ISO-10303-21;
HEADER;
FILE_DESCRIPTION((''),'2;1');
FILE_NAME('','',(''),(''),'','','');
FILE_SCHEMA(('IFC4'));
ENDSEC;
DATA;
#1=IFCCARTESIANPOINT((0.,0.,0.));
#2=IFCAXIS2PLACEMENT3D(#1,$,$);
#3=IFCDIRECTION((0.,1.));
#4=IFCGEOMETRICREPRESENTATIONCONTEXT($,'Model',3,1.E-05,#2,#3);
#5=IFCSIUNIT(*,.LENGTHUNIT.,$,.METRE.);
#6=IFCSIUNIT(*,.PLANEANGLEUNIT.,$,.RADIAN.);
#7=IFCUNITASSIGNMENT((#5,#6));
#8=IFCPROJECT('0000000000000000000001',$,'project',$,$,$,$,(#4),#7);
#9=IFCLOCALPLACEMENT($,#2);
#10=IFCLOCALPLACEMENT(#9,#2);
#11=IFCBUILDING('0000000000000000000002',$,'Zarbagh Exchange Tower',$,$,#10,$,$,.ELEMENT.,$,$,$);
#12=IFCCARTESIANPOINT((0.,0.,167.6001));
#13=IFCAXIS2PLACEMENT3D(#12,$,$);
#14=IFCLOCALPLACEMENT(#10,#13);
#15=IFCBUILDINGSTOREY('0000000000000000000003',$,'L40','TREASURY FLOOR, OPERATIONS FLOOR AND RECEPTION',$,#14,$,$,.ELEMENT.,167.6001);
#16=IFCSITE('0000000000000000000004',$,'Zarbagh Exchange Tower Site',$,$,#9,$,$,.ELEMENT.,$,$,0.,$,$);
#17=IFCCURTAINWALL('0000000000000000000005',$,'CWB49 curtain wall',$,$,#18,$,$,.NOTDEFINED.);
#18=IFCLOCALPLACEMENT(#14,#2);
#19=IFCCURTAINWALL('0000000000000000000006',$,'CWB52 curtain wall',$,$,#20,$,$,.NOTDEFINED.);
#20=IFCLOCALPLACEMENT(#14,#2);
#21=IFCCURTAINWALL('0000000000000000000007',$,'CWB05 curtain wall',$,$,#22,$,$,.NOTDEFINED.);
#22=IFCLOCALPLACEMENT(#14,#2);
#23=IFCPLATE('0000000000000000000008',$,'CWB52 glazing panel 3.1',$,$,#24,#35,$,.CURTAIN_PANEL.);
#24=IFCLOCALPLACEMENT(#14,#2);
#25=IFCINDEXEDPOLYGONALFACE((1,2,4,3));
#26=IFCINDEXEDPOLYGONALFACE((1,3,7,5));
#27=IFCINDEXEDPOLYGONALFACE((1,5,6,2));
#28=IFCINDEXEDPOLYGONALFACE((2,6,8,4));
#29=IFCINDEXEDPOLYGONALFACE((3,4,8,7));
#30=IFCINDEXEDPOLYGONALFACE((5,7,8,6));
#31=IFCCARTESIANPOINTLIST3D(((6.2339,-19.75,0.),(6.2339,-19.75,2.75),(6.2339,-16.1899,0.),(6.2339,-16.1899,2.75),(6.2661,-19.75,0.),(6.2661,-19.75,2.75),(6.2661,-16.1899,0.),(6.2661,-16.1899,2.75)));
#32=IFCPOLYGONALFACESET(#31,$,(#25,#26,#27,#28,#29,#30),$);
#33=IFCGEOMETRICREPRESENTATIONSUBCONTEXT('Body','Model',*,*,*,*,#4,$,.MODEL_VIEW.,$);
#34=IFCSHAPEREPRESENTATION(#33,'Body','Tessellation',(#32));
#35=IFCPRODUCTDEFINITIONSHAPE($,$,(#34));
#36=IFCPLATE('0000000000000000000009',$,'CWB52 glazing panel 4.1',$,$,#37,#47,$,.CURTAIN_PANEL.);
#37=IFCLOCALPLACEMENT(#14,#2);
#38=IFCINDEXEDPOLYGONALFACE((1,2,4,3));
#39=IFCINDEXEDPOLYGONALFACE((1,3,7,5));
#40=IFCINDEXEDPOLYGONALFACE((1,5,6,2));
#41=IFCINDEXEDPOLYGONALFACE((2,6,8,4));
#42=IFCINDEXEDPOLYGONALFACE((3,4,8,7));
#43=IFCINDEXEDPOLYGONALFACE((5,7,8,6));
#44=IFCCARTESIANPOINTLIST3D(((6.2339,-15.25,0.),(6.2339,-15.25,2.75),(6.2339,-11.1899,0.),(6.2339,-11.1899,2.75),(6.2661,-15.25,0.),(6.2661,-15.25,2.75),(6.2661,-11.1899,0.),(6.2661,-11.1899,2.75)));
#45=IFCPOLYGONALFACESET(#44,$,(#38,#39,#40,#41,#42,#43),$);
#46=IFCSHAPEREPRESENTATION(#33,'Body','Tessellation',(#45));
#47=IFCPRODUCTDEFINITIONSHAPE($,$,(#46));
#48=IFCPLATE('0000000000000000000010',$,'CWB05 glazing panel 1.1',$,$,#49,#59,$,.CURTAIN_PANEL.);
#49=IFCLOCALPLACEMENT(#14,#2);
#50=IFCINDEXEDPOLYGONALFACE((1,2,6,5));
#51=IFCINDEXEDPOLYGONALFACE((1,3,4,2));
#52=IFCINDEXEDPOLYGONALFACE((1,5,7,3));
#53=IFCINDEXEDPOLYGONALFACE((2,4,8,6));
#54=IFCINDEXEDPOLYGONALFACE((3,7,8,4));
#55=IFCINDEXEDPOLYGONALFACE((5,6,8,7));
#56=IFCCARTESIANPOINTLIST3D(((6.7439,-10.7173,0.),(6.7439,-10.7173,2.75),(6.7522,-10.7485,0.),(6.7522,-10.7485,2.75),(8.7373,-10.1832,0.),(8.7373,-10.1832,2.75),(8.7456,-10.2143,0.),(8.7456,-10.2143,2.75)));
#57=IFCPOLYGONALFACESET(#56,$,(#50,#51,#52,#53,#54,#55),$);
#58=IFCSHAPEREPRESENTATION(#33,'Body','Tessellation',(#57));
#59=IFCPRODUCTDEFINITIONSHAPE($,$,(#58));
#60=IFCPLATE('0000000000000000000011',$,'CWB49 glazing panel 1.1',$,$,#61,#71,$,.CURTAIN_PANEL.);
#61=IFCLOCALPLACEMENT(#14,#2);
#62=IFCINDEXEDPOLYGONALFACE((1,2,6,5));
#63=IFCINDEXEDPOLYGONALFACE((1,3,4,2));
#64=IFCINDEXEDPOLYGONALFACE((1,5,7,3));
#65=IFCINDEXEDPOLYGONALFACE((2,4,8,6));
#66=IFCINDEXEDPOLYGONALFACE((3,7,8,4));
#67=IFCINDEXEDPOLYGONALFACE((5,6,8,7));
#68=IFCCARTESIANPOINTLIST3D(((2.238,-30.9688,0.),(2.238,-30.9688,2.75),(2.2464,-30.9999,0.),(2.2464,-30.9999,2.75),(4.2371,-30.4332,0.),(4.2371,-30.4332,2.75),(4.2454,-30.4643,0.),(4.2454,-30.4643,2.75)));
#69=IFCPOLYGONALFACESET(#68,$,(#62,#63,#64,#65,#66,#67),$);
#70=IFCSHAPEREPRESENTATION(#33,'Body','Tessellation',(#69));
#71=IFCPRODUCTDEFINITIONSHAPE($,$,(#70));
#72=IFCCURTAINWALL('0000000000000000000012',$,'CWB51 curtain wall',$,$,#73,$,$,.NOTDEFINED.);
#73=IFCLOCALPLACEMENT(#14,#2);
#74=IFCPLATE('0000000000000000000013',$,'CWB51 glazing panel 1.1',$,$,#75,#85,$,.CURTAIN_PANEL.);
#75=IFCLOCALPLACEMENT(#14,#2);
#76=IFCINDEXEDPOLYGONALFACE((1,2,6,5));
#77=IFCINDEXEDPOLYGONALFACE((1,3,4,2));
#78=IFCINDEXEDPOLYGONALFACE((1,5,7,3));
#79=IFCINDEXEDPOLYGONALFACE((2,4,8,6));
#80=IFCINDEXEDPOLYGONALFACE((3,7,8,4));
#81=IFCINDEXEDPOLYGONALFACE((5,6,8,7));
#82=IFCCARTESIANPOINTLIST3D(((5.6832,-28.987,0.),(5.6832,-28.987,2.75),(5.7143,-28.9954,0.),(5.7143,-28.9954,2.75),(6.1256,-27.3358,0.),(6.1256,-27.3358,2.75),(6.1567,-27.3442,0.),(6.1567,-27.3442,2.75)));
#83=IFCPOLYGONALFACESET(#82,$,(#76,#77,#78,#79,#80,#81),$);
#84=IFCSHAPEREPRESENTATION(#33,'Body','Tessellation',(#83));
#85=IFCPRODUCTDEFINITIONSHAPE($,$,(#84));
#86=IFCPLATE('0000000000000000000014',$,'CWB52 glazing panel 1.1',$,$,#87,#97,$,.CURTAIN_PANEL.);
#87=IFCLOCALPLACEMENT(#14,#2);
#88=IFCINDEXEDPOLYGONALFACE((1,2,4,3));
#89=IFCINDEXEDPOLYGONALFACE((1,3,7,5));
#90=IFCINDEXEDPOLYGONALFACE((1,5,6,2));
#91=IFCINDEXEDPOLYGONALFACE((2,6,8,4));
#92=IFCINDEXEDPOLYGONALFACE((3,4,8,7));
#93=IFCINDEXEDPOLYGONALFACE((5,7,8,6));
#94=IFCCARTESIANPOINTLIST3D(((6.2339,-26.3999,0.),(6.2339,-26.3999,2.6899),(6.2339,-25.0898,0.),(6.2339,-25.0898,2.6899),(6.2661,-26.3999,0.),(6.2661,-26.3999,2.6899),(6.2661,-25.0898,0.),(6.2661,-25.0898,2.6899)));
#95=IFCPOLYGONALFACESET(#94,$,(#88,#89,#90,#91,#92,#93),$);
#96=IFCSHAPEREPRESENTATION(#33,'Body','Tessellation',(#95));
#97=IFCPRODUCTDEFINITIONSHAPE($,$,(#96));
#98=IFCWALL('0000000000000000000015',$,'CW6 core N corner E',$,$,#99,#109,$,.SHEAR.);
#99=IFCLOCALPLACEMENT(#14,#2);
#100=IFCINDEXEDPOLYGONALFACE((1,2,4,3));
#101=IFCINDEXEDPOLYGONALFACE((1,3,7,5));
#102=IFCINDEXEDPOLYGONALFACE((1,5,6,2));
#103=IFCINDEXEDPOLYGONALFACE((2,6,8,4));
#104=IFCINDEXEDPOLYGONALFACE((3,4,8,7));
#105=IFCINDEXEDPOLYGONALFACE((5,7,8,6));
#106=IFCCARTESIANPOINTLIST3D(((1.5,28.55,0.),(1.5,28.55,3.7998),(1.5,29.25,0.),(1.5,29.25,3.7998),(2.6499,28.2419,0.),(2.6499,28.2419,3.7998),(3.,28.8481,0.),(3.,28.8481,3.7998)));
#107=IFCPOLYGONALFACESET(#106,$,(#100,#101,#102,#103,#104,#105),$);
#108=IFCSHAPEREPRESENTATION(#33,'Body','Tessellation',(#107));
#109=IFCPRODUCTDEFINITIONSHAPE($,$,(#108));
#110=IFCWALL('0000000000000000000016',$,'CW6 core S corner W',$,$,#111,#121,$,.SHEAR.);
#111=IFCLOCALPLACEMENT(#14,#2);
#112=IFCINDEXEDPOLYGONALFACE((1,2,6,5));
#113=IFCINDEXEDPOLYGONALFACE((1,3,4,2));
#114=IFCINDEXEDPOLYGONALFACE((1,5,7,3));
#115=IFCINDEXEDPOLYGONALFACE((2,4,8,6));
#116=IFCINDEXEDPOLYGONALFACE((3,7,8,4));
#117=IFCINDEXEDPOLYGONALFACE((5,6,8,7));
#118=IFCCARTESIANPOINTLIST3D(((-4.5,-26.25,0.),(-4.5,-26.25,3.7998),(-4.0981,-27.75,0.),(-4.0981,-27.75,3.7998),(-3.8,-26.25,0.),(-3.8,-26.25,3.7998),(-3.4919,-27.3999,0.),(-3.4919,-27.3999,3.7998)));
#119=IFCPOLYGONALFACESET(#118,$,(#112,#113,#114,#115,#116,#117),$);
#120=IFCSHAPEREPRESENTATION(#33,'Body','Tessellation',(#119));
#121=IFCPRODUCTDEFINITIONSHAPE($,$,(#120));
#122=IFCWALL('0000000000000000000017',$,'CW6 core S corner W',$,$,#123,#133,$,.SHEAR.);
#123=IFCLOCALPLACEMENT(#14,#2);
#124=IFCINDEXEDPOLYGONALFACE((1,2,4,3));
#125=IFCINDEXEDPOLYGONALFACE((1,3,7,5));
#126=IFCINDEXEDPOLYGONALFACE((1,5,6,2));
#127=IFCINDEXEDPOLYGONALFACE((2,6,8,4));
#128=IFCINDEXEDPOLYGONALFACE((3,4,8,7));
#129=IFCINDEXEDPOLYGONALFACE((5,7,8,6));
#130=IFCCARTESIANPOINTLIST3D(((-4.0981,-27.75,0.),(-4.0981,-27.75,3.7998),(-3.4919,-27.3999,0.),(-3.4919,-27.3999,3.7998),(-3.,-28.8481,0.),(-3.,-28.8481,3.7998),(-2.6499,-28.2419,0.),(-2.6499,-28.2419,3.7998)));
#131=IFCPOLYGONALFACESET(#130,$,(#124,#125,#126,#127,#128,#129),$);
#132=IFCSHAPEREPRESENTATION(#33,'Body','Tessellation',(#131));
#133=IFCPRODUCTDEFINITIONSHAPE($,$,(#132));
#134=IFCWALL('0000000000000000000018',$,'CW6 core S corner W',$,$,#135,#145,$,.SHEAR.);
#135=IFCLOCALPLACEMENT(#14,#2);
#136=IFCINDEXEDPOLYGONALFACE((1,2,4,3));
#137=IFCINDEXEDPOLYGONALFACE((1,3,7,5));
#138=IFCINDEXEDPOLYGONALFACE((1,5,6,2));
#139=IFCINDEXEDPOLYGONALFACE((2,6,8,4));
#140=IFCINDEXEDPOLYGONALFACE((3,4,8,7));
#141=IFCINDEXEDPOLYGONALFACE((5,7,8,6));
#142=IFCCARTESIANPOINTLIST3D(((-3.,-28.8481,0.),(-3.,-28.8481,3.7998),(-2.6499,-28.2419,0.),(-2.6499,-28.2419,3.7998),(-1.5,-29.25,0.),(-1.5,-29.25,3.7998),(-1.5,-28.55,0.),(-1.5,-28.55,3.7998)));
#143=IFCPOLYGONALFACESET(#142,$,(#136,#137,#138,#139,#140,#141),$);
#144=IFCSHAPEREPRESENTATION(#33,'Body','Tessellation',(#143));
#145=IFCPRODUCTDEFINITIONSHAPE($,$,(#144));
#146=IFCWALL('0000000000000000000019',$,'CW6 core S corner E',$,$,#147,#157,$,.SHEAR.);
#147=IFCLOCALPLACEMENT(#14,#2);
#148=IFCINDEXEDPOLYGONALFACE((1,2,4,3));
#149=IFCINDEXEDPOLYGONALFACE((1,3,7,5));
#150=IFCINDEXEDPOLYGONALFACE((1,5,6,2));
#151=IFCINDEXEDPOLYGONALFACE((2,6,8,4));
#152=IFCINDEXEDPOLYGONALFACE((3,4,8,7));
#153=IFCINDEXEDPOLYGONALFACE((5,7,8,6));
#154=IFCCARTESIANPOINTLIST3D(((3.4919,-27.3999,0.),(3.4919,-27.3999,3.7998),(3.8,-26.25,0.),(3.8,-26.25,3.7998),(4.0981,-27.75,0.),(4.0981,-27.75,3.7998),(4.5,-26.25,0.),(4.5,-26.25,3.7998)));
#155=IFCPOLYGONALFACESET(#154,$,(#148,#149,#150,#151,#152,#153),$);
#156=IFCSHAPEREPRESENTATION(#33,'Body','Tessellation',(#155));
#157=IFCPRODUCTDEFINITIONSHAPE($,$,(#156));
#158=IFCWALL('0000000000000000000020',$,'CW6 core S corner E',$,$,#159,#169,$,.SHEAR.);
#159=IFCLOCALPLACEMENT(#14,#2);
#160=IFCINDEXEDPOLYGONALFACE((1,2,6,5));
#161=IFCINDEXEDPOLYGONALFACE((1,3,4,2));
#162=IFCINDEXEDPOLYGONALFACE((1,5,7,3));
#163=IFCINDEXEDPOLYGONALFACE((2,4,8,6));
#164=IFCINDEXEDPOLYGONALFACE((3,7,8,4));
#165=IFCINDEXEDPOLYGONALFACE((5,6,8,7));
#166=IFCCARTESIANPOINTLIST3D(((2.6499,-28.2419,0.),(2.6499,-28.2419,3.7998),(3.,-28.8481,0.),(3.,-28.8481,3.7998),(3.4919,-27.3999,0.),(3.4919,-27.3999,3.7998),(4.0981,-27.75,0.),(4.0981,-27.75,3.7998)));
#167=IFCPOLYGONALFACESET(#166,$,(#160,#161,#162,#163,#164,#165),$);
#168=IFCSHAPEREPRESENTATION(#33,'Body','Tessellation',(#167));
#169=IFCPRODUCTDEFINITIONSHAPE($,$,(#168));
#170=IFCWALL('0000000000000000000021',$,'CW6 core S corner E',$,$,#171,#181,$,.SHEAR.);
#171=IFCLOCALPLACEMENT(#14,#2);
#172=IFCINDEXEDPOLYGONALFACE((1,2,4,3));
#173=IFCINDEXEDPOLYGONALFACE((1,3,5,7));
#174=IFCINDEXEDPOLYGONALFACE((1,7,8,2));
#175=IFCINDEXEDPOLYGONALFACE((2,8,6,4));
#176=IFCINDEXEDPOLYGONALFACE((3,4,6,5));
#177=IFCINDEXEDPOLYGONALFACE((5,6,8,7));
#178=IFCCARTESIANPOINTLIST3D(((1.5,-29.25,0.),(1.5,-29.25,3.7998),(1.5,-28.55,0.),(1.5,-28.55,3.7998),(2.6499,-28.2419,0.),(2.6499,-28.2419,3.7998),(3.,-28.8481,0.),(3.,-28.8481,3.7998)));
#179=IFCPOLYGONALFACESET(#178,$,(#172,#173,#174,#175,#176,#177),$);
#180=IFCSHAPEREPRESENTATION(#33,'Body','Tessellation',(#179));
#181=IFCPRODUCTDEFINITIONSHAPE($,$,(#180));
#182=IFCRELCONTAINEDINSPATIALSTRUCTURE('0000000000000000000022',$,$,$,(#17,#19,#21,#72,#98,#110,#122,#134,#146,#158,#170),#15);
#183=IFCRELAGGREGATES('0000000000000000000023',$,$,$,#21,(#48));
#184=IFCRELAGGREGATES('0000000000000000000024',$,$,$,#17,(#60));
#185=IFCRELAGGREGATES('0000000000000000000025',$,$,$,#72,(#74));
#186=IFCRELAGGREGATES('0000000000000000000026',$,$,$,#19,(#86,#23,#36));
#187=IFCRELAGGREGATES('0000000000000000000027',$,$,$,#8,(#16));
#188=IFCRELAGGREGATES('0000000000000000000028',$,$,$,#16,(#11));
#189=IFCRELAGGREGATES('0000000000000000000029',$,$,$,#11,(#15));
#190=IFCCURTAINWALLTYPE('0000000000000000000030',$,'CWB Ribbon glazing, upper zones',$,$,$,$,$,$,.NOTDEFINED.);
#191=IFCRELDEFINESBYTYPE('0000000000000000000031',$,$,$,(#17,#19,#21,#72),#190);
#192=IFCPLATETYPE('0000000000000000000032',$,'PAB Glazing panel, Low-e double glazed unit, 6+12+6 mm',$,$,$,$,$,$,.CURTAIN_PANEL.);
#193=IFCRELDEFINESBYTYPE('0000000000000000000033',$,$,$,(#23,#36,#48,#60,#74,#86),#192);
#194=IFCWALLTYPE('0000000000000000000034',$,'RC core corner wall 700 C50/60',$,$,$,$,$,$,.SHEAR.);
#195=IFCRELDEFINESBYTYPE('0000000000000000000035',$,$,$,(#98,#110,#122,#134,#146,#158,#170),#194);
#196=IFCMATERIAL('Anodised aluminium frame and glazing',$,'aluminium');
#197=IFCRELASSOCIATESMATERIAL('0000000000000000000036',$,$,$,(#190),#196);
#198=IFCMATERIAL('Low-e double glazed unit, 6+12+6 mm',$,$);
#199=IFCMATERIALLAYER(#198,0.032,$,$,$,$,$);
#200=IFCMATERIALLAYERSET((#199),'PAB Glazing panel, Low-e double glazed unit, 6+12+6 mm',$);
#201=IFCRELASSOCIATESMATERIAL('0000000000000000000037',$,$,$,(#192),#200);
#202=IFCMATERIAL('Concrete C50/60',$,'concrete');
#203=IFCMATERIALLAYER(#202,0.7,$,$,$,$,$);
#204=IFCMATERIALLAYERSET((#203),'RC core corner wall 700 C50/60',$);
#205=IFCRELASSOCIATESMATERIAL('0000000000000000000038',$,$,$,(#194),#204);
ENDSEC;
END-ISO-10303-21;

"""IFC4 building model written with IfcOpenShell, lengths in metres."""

from ifc_helpers import new_model, si_unit, direction, frame, origin, place, context, subcontext, project, spatial, polyline, outline, extrude, source, transform, mapped, material, layer, layer_set, type_object, element, aggregate, save


model = new_model("IFC4")

# Units and contexts
model_context = context("Model", 3, precision=1e-05, world=origin(), true_north=direction((0.0, 1.0)))
body_context = subcontext(model_context, "Body", "Model", "MODEL_VIEW")
ifc_project = project(units=[si_unit("LENGTHUNIT", "METRE"), si_unit("PLANEANGLEUNIT", "RADIAN")], contexts=[model_context])

# Site, building, storey
site_placement = place(None, origin())
site = spatial("IfcSite", under=ifc_project, at=site_placement, Name="Zarbagh Exchange Tower Site", CompositionType="ELEMENT", RefElevation=0.0)
building_placement = place(site_placement, origin())
building = spatial("IfcBuilding", under=site, at=building_placement, Name="Zarbagh Exchange Tower", CompositionType="ELEMENT")
storey_placement = place(building_placement, frame((0.0, 0.0, 167.6001)))
storey = spatial("IfcBuildingStorey", under=building, at=storey_placement, Name="L40", Description="TREASURY FLOOR, OPERATIONS FLOOR AND RECEPTION", CompositionType="ELEMENT", Elevation=167.6001)

# Curtain wall
ifc_material_1 = material(Name="Anodised aluminium frame and glazing", Category="aluminium")
curtain_wall_type = type_object("IfcCurtainWallType", Name="CWB Ribbon glazing, upper zones", PredefinedType="NOTDEFINED", material=ifc_material_1)
curtain_wall_1_placement = place(storey_placement, origin())
curtain_wall_1 = element("IfcCurtainWall", 1, at=curtain_wall_1_placement, inside=storey, type_object=curtain_wall_type, Name="CWB49 curtain wall", PredefinedType="NOTDEFINED")
placement = place(storey_placement, origin())

# Curtain wall
curtain_wall_2_placement = place(storey_placement, origin())
curtain_wall_2 = element("IfcCurtainWall", 2, at=curtain_wall_2_placement, inside=storey, type_object=curtain_wall_type, Name="CWB52 curtain wall", PredefinedType="NOTDEFINED")

# Curtain wall
curtain_wall_3_placement = place(storey_placement, origin())
curtain_wall_3 = element("IfcCurtainWall", 3, at=curtain_wall_3_placement, inside=storey, type_object=curtain_wall_type, Name="CWB05 curtain wall", PredefinedType="NOTDEFINED")

# Shared definitions
ifc_material_2 = material(Name="Low-e double glazed unit, 6+12+6 mm")
ifc_layer_1 = layer(ifc_material_2, 0.032)
ifc_layer_set_1 = layer_set([ifc_layer_1], Name="PAB Glazing panel, Low-e double glazed unit, 6+12+6 mm")
plate_type = type_object("IfcPlateType", Name="PAB Glazing panel, Low-e double glazed unit, 6+12+6 mm", PredefinedType="CURTAIN_PANEL", material=ifc_layer_set_1)

# Plates
shared_shape_1 = source(origin(), body_context, "Body", "SweptSolid", [
    extrude(outline(polyline([(0.0, -0.0161), (3.5601, -0.0161), (3.5601, 0.0161), (0.0, 0.0161), (0.0, -0.0161)])), origin(), (0.0, 0.0, 1.0), 2.75),
])
plate_1 = element("IfcPlate", 4, at=placement, type_object=plate_type, Name="CWB52 glazing panel 3.1", PredefinedType="CURTAIN_PANEL", context=body_context, shape_type="MappedRepresentation", body=[
    mapped(shared_shape_1, transform((6.25, -19.75, 0.0), x_axis=(0.0, 1.0, 0.0), y_axis=(-1.0, 0.0, 0.0), z_axis=(0.0, 0.0, 1.0))),
])
shared_shape_2 = source(origin(), body_context, "Body", "SweptSolid", [
    extrude(outline(polyline([(0.0, -0.0161), (4.0601, -0.0161), (4.0601, 0.0161), (0.0, 0.0161), (0.0, -0.0161)])), origin(), (0.0, 0.0, 1.0), 2.75),
])
plate_2 = element("IfcPlate", 5, at=placement, type_object=plate_type, Name="CWB52 glazing panel 4.1", PredefinedType="CURTAIN_PANEL", context=body_context, shape_type="MappedRepresentation", body=[
    mapped(shared_shape_2, transform((6.25, -15.25, 0.0), x_axis=(0.0, 1.0, 0.0), y_axis=(-1.0, 0.0, 0.0), z_axis=(0.0, 0.0, 1.0))),
])
shared_shape_3 = source(origin(), body_context, "Body", "SweptSolid", [
    extrude(outline(polyline([(0.0, -0.0161), (2.0637, -0.0161), (2.0637, 0.0161), (0.0, 0.0161), (0.0, -0.0161)])), origin(), (0.0, 0.0, 1.0), 2.75),
])
plate_3 = element("IfcPlate", 6, at=placement, type_object=plate_type, Name="CWB05 glazing panel 1.1", PredefinedType="CURTAIN_PANEL", context=body_context, shape_type="MappedRepresentation", body=[
    mapped(shared_shape_3, transform((6.748, -10.7329, 0.0), x_axis=(0.965924, 0.258825, 0.0), y_axis=(-0.258825, 0.965924, 0.0), z_axis=(0.0, 0.0, 1.0))),
])
aggregate(curtain_wall_3, [plate_3])
shared_shape_4 = source(origin(), body_context, "Body", "SweptSolid", [
    extrude(outline(polyline([(0.0, -0.0161), (2.0696, -0.0161), (2.0696, 0.0161), (0.0, 0.0161), (0.0, -0.0161)])), origin(), (0.0, 0.0, 1.0), 2.75),
])
plate_4 = element("IfcPlate", 7, at=placement, type_object=plate_type, Name="CWB49 glazing panel 1.1", PredefinedType="CURTAIN_PANEL", context=body_context, shape_type="MappedRepresentation", body=[
    mapped(shared_shape_4, transform((2.2422, -30.9844, 0.0), x_axis=(0.965924, 0.258825, 0.0), y_axis=(-0.258825, 0.965924, 0.0), z_axis=(0.0, 0.0, 1.0))),
])
aggregate(curtain_wall_1, [plate_4])

# Curtain wall, plate
curtain_wall_4_placement = place(storey_placement, origin())
curtain_wall_4 = element("IfcCurtainWall", 8, at=curtain_wall_4_placement, inside=storey, type_object=curtain_wall_type, Name="CWB51 curtain wall", PredefinedType="NOTDEFINED")
shared_shape_5 = source(origin(), body_context, "Body", "SweptSolid", [
    extrude(outline(polyline([(0.0, -0.0161), (1.7095, -0.0161), (1.7095, 0.0161), (0.0, 0.0161), (0.0, -0.0161)])), origin(), (0.0, 0.0, 1.0), 2.75),
])
plate_5 = element("IfcPlate", 9, at=placement, type_object=plate_type, Name="CWB51 glazing panel 1.1", PredefinedType="CURTAIN_PANEL", context=body_context, shape_type="MappedRepresentation", body=[
    mapped(shared_shape_5, transform((5.6987, -28.9912, 0.0), x_axis=(0.258825, 0.965924, 0.0), y_axis=(-0.965924, 0.258825, 0.0), z_axis=(0.0, 0.0, 1.0))),
])
aggregate(curtain_wall_4, [plate_5])

# Plate
shared_shape_6 = source(origin(), body_context, "Body", "SweptSolid", [
    extrude(outline(polyline([(0.0, -0.0161), (1.3101, -0.0161), (1.3101, 0.0161), (0.0, 0.0161), (0.0, -0.0161)])), origin(), (0.0, 0.0, 1.0), 2.6899),
])
plate_6 = element("IfcPlate", 10, at=placement, type_object=plate_type, Name="CWB52 glazing panel 1.1", PredefinedType="CURTAIN_PANEL", context=body_context, shape_type="MappedRepresentation", body=[
    mapped(shared_shape_6, transform((6.25, -26.3999, 0.0), x_axis=(0.0, 1.0, 0.0), y_axis=(-1.0, 0.0, 0.0), z_axis=(0.0, 0.0, 1.0))),
])
aggregate(curtain_wall_2, [plate_6, plate_1, plate_2])

# Walls
ifc_material_3 = material(Name="Concrete C50/60", Category="concrete")
ifc_layer_2 = layer(ifc_material_3, 0.7)
ifc_layer_set_2 = layer_set([ifc_layer_2], Name="RC core corner wall 700 C50/60")
wall_type = type_object("IfcWallType", Name="RC core corner wall 700 C50/60", PredefinedType="SHEAR", material=ifc_layer_set_2)
wall_1_placement = place(storey_placement, origin())
element("IfcWall", 11, at=wall_1_placement, inside=storey, type_object=wall_type, Name="CW6 core N corner E", PredefinedType="SHEAR", context=body_context, shape_type="SweptSolid", body=[
    extrude(outline(polyline([(3.0, 28.8481), (1.5, 29.25), (1.5, 28.55), (2.6499, 28.2419), (3.0, 28.8481)])), origin(), (0.0, 0.0, 1.0), 3.7998),
])
wall_2_placement = place(storey_placement, origin())
element("IfcWall", 12, at=wall_2_placement, inside=storey, type_object=wall_type, Name="CW6 core S corner W", PredefinedType="SHEAR", context=body_context, shape_type="SweptSolid", body=[
    extrude(outline(polyline([(-4.5, -26.25), (-4.0981, -27.75), (-3.4919, -27.3999), (-3.8, -26.25), (-4.5, -26.25)])), origin(), (0.0, 0.0, 1.0), 3.7998),
])
wall_3_placement = place(storey_placement, origin())
element("IfcWall", 13, at=wall_3_placement, inside=storey, type_object=wall_type, Name="CW6 core S corner W", PredefinedType="SHEAR", context=body_context, shape_type="SweptSolid", body=[
    extrude(outline(polyline([(-4.0981, -27.75), (-3.0, -28.8481), (-2.6499, -28.2419), (-3.4919, -27.3999), (-4.0981, -27.75)])), origin(), (0.0, 0.0, 1.0), 3.7998),
])
wall_4_placement = place(storey_placement, origin())
element("IfcWall", 14, at=wall_4_placement, inside=storey, type_object=wall_type, Name="CW6 core S corner W", PredefinedType="SHEAR", context=body_context, shape_type="SweptSolid", body=[
    extrude(outline(polyline([(-3.0, -28.8481), (-1.5, -29.25), (-1.5, -28.55), (-2.6499, -28.2419), (-3.0, -28.8481)])), origin(), (0.0, 0.0, 1.0), 3.7998),
])
wall_5_placement = place(storey_placement, origin())
element("IfcWall", 15, at=wall_5_placement, inside=storey, type_object=wall_type, Name="CW6 core S corner E", PredefinedType="SHEAR", context=body_context, shape_type="SweptSolid", body=[
    extrude(outline(polyline([(4.5, -26.25), (4.0981, -27.75), (3.4919, -27.3999), (3.8, -26.25), (4.5, -26.25)])), origin(), (0.0, 0.0, 1.0), 3.7998),
])
wall_6_placement = place(storey_placement, origin())
element("IfcWall", 16, at=wall_6_placement, inside=storey, type_object=wall_type, Name="CW6 core S corner E", PredefinedType="SHEAR", context=body_context, shape_type="SweptSolid", body=[
    extrude(outline(polyline([(4.0981, -27.75), (3.0, -28.8481), (2.6499, -28.2419), (3.4919, -27.3999), (4.0981, -27.75)])), origin(), (0.0, 0.0, 1.0), 3.7998),
])
wall_7_placement = place(storey_placement, origin())
element("IfcWall", 17, at=wall_7_placement, inside=storey, type_object=wall_type, Name="CW6 core S corner E", PredefinedType="SHEAR", context=body_context, shape_type="SweptSolid", body=[
    extrude(outline(polyline([(3.0, -28.8481), (1.5, -29.25), (1.5, -28.55), (2.6499, -28.2419), (3.0, -28.8481)])), origin(), (0.0, 0.0, 1.0), 3.7998),
])

save(model, "model.ifc")
